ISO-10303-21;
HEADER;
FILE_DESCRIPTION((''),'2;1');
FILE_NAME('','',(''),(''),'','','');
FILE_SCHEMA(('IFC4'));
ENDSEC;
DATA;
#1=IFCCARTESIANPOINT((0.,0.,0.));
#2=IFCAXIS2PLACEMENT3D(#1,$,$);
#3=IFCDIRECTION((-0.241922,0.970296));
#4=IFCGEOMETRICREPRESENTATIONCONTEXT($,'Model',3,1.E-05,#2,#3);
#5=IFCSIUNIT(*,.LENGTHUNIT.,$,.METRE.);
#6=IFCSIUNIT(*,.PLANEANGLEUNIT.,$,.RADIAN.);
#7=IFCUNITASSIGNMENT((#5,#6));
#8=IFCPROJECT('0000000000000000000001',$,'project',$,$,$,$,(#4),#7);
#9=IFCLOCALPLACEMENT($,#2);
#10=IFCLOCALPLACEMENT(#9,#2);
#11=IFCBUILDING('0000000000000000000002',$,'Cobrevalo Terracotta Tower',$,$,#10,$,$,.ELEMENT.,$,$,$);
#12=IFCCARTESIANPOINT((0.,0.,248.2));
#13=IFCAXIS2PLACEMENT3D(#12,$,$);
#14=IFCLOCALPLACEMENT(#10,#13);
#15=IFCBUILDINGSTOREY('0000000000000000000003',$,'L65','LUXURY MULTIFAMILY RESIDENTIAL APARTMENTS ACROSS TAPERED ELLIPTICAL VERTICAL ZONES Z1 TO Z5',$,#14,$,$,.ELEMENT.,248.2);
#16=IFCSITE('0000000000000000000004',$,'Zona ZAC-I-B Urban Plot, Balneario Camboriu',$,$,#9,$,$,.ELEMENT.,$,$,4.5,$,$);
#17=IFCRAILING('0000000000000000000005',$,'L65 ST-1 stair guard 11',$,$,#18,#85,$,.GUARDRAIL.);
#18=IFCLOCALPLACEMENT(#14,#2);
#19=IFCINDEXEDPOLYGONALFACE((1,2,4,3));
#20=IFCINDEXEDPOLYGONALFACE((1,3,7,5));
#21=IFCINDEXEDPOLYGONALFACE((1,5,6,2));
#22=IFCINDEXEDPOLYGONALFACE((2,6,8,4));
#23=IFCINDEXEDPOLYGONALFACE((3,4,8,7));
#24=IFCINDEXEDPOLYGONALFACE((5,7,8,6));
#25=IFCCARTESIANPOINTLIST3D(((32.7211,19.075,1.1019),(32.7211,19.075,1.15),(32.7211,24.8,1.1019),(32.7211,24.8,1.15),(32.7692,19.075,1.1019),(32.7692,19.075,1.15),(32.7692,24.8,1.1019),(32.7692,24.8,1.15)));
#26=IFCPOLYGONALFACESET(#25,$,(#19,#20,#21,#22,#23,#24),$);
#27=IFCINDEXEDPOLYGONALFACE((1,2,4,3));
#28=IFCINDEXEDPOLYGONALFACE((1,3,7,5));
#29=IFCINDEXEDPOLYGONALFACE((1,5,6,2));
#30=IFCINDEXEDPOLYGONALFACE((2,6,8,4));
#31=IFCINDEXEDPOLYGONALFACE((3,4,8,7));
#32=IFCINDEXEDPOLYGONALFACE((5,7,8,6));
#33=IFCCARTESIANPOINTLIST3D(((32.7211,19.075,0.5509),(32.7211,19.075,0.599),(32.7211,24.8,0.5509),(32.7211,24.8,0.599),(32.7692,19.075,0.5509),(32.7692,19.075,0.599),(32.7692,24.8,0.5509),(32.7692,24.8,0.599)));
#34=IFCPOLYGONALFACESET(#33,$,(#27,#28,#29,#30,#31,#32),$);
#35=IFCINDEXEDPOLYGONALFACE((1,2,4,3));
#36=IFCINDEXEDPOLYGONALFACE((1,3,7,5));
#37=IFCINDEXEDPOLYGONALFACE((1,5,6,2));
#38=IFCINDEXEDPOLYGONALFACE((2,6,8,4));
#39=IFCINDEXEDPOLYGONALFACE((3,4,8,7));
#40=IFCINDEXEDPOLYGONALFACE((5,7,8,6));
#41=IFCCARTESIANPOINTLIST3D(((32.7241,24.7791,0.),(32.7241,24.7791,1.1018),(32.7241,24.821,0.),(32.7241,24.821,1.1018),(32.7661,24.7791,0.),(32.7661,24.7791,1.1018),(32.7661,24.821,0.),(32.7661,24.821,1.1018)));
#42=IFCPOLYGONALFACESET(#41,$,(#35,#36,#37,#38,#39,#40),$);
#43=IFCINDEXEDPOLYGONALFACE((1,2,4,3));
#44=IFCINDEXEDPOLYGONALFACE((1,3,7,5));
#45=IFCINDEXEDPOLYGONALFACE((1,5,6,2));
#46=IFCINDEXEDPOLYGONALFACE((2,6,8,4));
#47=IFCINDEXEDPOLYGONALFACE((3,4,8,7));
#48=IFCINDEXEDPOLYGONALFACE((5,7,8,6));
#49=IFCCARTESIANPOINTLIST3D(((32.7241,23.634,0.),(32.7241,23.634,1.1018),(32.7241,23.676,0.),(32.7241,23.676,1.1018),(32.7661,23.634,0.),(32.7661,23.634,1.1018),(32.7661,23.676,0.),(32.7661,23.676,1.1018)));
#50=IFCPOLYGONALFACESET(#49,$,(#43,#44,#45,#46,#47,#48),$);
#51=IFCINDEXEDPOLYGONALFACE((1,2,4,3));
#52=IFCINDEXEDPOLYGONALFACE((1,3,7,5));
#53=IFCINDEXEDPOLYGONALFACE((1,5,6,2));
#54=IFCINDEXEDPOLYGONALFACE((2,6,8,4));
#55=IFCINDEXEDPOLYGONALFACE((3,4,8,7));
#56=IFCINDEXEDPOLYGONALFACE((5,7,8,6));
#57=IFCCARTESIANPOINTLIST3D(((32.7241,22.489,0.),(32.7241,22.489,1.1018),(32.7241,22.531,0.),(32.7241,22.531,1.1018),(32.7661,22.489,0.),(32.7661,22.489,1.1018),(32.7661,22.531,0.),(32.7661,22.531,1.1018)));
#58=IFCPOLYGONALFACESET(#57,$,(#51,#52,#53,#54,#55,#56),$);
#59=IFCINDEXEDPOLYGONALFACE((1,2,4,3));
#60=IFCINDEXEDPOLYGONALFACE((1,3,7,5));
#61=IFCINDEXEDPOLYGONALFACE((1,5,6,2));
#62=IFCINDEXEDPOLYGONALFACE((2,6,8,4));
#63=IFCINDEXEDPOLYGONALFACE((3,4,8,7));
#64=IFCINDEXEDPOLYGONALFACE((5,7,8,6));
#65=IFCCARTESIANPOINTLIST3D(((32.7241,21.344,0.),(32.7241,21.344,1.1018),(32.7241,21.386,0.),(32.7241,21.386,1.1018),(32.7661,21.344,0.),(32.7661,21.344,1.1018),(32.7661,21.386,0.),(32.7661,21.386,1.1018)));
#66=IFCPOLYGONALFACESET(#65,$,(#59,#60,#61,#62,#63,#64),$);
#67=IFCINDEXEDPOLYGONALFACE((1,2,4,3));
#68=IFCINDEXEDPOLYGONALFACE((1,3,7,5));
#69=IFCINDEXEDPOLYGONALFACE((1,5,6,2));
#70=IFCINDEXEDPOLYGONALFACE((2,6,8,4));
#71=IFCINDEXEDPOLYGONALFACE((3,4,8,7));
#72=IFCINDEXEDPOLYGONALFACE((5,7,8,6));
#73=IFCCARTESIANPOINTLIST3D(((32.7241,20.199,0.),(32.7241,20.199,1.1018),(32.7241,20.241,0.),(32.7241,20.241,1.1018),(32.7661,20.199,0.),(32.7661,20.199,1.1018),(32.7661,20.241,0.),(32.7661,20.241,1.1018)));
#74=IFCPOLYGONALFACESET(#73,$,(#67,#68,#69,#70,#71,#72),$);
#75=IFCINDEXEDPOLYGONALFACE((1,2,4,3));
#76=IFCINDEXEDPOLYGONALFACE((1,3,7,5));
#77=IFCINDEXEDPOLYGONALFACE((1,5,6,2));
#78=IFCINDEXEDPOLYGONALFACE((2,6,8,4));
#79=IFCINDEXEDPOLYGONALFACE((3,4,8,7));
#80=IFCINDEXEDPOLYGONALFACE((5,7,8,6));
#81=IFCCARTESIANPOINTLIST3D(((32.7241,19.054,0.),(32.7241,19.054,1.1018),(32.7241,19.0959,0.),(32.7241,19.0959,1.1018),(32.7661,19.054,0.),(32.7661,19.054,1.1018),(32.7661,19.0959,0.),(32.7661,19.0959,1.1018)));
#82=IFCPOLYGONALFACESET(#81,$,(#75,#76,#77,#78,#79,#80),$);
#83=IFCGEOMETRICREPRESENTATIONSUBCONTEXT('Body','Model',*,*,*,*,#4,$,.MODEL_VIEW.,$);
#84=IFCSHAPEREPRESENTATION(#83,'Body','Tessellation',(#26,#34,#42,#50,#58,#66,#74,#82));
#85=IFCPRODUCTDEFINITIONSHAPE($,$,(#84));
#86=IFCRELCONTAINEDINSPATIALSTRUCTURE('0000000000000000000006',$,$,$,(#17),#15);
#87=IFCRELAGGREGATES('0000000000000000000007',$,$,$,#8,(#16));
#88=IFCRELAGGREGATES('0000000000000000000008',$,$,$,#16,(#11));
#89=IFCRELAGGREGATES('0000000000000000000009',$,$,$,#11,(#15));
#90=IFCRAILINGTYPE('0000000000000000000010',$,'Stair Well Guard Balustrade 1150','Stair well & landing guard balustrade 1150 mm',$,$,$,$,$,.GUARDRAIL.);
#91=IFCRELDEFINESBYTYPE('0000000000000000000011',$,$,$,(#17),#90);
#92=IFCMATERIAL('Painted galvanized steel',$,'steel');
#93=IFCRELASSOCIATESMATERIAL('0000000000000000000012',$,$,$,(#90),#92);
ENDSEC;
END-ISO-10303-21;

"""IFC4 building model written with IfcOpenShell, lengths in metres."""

from ifc_helpers import new_model, si_unit, direction, frame, origin, origin_2d, place, context, subcontext, project, spatial, rectangle, extrude, material, type_object, element, save


model = new_model("IFC4")

# Units and contexts
model_context = context("Model", 3, precision=1e-05, world=origin(), true_north=direction((-0.241922, 0.970296)))
body_context = subcontext(model_context, "Body", "Model", "MODEL_VIEW")
ifc_project = project(units=[si_unit("LENGTHUNIT", "METRE"), si_unit("PLANEANGLEUNIT", "RADIAN")], contexts=[model_context])

# Site, building, storey
site_placement = place(None, origin())
site = spatial("IfcSite", under=ifc_project, at=site_placement, Name="Zona ZAC-I-B Urban Plot, Balneario Camboriu", CompositionType="ELEMENT", RefElevation=4.5)
building_placement = place(site_placement, origin())
building = spatial("IfcBuilding", under=site, at=building_placement, Name="Cobrevalo Terracotta Tower", CompositionType="ELEMENT")
storey_placement = place(building_placement, frame((0.0, 0.0, 248.2)))
storey = spatial("IfcBuildingStorey", under=building, at=storey_placement, Name="L65", Description="LUXURY MULTIFAMILY RESIDENTIAL APARTMENTS ACROSS TAPERED ELLIPTICAL VERTICAL ZONES Z1 TO Z5", CompositionType="ELEMENT", Elevation=248.2)

# Railing
ifc_material_1 = material(Name="Painted galvanized steel", Category="steel")
railing_type_1 = type_object("IfcRailingType", Name="Stair Well Guard Balustrade 1150", Description="Stair well & landing guard balustrade 1150 mm", PredefinedType="GUARDRAIL", material=ifc_material_1)
for number, where, name in (
    (1, (32.7451, 24.8, 0.0), "L65 ST-1 stair guard 11"),
):
    element("IfcRailing", number, at=place(storey_placement, frame(where)), inside=storey, type_object=railing_type_1, Name=name, PredefinedType="GUARDRAIL", context=body_context, shape_type="SweptSolid", body=[
        extrude(rectangle(XDim=0.0481, YDim=0.0481, at=origin_2d()), frame((0.0, 0.0, 1.126), z_axis=(0.0, -1.0, 0.0), x_axis=(1.0, 0.0, 0.0)), (0.0, 0.0, 1.0), 5.7251),
        extrude(rectangle(XDim=0.0481, YDim=0.0481, at=origin_2d()), frame((0.0, 0.0, 0.575), z_axis=(0.0, -1.0, 0.0), x_axis=(1.0, 0.0, 0.0)), (0.0, 0.0, 1.0), 5.7251),
        extrude(rectangle(XDim=0.042, YDim=0.042, at=origin_2d()), origin(), (0.0, 0.0, 1.0), 1.1018),
        extrude(rectangle(XDim=0.042, YDim=0.042, at=origin_2d()), frame((0.0, -1.145, 0.0)), (0.0, 0.0, 1.0), 1.1018),
        extrude(rectangle(XDim=0.042, YDim=0.042, at=origin_2d()), frame((0.0, -2.29, 0.0)), (0.0, 0.0, 1.0), 1.1018),
        extrude(rectangle(XDim=0.042, YDim=0.042, at=origin_2d()), frame((0.0, -3.4351, 0.0)), (0.0, 0.0, 1.0), 1.1018),
        extrude(rectangle(XDim=0.042, YDim=0.042, at=origin_2d()), frame((0.0, -4.5801, 0.0)), (0.0, 0.0, 1.0), 1.1018),
        extrude(rectangle(XDim=0.042, YDim=0.042, at=origin_2d()), frame((0.0, -5.7251, 0.0)), (0.0, 0.0, 1.0), 1.1018),
    ])

save(model, "model.ifc")
